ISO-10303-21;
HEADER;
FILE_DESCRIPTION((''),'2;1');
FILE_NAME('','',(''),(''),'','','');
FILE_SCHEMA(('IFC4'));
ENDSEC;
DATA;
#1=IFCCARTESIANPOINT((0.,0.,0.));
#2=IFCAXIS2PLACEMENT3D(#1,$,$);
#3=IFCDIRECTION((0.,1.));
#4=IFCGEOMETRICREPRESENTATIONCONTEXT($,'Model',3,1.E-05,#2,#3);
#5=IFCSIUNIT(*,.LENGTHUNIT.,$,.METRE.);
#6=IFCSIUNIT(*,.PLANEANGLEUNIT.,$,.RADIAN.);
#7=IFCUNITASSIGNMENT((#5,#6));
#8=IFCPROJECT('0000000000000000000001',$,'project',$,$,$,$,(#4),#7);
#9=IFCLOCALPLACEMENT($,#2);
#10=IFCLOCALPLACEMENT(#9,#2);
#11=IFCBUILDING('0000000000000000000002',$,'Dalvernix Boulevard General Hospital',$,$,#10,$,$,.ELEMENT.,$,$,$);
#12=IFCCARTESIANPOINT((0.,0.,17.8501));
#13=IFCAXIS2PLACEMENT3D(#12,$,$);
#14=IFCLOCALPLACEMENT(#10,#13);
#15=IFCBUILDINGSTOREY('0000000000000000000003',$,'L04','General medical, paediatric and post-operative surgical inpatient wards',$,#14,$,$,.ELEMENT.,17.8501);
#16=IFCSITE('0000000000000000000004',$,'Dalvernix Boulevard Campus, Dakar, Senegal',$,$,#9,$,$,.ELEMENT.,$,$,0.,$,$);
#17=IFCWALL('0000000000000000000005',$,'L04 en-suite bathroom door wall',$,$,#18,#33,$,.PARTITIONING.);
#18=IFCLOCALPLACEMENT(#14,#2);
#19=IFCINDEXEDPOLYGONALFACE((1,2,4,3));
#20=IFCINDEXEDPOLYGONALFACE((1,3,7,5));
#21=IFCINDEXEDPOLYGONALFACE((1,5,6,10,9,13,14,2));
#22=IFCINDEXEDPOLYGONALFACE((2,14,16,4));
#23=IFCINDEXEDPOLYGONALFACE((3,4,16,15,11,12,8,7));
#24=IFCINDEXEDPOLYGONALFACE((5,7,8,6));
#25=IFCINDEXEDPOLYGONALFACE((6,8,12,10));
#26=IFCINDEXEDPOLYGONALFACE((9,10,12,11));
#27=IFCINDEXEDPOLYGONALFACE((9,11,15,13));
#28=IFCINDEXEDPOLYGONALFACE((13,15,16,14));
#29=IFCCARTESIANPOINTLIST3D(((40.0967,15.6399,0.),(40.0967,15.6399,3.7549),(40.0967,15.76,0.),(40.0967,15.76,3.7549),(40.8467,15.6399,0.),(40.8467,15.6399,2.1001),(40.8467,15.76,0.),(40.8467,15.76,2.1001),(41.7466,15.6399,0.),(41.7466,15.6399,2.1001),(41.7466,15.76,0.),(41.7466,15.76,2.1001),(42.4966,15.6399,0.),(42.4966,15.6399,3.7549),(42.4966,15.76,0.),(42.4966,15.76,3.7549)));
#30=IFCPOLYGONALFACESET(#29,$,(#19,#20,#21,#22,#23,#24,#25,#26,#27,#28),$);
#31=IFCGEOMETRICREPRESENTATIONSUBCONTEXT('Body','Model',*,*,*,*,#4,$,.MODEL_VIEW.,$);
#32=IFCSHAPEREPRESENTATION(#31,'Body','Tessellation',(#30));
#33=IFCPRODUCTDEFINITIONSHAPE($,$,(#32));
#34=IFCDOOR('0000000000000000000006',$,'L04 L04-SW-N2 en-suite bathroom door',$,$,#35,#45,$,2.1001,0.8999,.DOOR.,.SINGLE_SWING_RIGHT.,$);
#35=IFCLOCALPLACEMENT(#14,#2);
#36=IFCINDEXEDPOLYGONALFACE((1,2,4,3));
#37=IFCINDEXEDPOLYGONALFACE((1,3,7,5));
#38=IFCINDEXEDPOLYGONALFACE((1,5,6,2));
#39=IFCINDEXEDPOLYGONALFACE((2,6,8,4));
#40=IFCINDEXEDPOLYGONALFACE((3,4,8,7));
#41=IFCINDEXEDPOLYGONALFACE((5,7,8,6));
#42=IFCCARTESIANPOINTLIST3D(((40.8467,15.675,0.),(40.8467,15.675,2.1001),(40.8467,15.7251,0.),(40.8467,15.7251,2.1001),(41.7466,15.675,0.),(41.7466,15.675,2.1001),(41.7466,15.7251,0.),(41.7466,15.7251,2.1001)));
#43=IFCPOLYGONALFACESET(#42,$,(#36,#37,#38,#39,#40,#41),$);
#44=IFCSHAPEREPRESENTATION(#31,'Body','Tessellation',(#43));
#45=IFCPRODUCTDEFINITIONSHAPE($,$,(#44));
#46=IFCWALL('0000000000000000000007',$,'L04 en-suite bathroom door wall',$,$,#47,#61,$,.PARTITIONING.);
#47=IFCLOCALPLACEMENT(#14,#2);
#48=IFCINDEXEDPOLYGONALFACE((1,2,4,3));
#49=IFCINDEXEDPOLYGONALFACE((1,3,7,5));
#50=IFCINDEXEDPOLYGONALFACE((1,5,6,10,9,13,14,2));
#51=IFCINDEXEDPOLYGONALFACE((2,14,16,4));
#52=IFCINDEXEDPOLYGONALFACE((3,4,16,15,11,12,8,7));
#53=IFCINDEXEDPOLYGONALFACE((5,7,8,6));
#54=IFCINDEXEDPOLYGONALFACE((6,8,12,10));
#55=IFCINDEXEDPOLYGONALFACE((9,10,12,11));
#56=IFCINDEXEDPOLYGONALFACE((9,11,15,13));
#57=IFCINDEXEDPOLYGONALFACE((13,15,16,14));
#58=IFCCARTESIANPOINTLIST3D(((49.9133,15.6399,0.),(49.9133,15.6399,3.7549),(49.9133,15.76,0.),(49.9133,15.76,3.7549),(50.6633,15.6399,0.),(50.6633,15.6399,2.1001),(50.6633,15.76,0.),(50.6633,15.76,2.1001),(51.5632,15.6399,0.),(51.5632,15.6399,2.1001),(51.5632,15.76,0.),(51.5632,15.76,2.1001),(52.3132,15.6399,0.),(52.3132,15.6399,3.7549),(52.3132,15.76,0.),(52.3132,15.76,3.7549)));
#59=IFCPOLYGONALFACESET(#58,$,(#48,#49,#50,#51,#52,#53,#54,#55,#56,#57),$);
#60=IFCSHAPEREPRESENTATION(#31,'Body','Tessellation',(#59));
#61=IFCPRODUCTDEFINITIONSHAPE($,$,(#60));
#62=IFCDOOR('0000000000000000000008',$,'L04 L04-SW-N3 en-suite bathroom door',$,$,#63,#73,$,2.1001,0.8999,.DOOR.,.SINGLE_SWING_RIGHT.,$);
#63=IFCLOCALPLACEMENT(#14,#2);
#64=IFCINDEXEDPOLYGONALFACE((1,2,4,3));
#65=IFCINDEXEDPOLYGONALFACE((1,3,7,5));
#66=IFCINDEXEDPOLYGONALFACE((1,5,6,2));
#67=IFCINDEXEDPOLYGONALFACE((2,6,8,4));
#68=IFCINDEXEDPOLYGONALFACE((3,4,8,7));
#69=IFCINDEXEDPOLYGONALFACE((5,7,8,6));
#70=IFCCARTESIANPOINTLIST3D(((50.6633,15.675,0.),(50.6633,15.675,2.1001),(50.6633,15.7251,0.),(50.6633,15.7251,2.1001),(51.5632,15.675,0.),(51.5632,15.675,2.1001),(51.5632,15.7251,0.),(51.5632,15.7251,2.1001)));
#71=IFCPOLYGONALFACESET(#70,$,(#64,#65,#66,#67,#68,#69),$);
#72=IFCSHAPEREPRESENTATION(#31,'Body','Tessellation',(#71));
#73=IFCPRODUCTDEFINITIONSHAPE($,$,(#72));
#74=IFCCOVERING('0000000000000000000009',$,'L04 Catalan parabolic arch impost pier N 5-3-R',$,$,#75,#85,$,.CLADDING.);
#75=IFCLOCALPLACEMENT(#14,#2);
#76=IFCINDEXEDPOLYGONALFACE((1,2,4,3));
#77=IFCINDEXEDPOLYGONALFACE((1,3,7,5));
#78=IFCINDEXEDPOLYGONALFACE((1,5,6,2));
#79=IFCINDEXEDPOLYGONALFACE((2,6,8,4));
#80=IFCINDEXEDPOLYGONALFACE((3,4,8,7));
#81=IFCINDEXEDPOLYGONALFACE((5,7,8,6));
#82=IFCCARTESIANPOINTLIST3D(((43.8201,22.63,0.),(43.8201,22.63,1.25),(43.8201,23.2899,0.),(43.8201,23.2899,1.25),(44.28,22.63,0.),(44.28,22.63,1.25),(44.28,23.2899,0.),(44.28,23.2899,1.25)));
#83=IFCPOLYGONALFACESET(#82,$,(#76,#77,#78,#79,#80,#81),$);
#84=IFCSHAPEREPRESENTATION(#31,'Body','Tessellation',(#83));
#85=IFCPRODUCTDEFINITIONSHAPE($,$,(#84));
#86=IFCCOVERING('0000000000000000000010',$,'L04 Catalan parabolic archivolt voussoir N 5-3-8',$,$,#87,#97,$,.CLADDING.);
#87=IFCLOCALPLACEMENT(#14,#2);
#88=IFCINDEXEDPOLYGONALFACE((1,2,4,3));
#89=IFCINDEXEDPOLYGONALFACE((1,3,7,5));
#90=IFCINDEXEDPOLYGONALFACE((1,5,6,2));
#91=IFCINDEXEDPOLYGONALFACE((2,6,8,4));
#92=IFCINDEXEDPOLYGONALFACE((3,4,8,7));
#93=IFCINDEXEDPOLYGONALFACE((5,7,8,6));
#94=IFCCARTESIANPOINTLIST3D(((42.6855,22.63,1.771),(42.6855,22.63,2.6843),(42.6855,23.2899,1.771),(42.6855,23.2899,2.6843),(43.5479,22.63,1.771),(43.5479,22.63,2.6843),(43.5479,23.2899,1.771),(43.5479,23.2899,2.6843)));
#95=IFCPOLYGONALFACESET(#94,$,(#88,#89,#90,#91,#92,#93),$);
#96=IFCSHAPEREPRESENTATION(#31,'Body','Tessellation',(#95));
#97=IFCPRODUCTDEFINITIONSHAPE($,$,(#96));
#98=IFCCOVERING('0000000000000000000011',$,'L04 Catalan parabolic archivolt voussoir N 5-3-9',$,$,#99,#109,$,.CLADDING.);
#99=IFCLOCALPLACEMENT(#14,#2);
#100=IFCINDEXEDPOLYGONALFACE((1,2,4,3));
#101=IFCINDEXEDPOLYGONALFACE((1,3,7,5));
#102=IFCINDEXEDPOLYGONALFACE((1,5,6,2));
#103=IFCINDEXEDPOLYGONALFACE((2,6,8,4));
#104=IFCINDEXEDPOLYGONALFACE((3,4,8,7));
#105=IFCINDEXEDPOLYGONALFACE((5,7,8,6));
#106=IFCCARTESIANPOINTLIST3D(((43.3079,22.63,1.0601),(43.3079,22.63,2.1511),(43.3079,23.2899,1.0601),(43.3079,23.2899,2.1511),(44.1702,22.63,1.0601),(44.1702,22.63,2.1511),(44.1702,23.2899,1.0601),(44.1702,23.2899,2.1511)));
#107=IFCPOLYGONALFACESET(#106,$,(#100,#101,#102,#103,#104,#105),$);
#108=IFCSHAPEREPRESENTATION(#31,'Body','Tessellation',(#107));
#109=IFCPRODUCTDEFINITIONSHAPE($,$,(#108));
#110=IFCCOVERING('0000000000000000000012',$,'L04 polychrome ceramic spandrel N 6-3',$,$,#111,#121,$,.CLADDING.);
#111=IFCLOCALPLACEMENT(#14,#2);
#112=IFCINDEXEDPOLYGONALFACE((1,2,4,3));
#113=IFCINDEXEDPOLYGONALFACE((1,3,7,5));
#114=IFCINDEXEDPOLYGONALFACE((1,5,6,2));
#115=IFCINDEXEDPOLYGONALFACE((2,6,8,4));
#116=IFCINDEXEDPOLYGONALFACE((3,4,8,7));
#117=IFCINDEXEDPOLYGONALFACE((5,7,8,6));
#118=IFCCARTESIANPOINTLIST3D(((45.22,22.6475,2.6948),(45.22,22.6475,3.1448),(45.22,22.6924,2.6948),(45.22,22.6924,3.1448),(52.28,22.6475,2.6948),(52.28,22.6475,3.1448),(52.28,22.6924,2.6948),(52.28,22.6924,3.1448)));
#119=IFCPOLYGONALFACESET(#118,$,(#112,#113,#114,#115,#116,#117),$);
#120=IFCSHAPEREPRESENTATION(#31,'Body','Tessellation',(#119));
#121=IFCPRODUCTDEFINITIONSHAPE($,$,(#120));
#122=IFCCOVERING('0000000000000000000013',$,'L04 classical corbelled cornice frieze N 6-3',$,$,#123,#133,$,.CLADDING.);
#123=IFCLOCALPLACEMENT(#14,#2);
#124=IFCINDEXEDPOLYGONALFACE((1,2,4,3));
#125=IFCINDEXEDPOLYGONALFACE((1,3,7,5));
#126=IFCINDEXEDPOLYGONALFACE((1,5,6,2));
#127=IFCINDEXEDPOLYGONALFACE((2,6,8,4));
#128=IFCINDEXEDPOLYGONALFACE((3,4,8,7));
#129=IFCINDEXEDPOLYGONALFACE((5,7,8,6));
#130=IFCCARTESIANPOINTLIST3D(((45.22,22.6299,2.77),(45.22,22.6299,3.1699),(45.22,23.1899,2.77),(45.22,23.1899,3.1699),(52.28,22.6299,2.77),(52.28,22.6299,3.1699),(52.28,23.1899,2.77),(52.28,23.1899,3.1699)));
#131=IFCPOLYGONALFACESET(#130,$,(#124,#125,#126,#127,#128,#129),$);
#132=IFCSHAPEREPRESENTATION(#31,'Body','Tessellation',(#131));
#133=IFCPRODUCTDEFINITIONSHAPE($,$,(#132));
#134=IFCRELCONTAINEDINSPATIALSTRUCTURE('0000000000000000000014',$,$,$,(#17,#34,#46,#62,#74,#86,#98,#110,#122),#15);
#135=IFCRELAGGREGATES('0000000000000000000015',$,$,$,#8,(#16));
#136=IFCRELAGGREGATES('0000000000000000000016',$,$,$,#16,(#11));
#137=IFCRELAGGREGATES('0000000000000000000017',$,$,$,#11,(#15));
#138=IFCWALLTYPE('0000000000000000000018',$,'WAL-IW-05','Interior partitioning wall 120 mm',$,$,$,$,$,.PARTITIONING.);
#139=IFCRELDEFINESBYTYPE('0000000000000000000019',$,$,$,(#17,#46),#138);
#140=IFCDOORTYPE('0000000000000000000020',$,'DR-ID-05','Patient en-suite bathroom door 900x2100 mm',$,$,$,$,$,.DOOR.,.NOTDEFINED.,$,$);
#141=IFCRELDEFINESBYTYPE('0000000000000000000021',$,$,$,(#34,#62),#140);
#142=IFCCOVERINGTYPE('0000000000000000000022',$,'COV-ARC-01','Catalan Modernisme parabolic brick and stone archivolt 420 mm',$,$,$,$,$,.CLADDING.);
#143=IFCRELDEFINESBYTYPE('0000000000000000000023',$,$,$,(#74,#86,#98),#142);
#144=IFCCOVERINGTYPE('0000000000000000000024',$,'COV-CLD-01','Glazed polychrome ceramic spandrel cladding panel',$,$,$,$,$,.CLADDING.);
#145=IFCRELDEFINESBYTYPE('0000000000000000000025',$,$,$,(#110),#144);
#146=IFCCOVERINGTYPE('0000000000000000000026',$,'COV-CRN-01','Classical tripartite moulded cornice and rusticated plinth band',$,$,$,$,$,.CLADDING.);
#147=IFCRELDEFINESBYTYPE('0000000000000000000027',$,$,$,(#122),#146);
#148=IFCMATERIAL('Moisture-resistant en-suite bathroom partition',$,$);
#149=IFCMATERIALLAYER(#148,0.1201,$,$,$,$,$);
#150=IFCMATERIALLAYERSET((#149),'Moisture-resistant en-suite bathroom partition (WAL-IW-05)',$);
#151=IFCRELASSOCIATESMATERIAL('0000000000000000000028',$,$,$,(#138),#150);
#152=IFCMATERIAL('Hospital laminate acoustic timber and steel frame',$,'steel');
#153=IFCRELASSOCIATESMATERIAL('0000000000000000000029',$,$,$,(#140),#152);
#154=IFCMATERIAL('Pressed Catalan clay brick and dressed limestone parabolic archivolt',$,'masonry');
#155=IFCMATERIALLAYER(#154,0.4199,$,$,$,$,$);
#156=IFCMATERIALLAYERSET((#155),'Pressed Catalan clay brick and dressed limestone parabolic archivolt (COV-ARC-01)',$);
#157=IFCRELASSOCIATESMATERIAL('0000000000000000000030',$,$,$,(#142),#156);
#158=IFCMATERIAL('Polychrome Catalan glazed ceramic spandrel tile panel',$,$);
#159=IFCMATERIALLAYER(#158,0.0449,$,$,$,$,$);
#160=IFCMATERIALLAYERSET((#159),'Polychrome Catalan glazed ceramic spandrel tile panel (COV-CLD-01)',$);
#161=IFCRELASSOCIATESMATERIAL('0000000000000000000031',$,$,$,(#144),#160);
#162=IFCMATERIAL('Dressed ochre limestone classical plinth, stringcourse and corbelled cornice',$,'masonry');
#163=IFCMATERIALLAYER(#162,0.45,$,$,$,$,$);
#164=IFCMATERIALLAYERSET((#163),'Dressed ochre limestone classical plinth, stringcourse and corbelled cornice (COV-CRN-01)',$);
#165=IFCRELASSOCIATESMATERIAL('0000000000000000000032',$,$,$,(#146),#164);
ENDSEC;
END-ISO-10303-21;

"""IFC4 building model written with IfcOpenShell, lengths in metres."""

from ifc_helpers import new_model, si_unit, direction, frame, frame_2d, origin, origin_2d, place, context, subcontext, project, spatial, rectangle, extrude, material, layer, layer_set, type_object, element, fill, save


model = new_model("IFC4")

# Units and contexts
model_context = context("Model", 3, precision=1e-05, world=origin(), true_north=direction((0.0, 1.0)))
body_context = subcontext(model_context, "Body", "Model", "MODEL_VIEW")
ifc_project = project(units=[si_unit("LENGTHUNIT", "METRE"), si_unit("PLANEANGLEUNIT", "RADIAN")], contexts=[model_context])

# Site, building, storey
site_placement = place(None, origin())
site = spatial("IfcSite", under=ifc_project, at=site_placement, Name="Dalvernix Boulevard Campus, Dakar, Senegal", CompositionType="ELEMENT", RefElevation=0.0)
building_placement = place(site_placement, origin())
building = spatial("IfcBuilding", under=site, at=building_placement, Name="Dalvernix Boulevard General Hospital", CompositionType="ELEMENT")
storey_placement = place(building_placement, frame((0.0, 0.0, 17.8501)))
storey = spatial("IfcBuildingStorey", under=building, at=storey_placement, Name="L04", Description="General medical, paediatric and post-operative surgical inpatient wards", CompositionType="ELEMENT", Elevation=17.8501)

# Walls, openings, doors
ifc_material_1 = material(Name="Moisture-resistant en-suite bathroom partition")
ifc_layer_1 = layer(ifc_material_1, 0.1201)
ifc_layer_set_1 = layer_set([ifc_layer_1], Name="Moisture-resistant en-suite bathroom partition (WAL-IW-05)")
wall_type_1 = type_object("IfcWallType", Name="WAL-IW-05", Description="Interior partitioning wall 120 mm", PredefinedType="PARTITIONING", material=ifc_layer_set_1)
wall_1_placement = place(storey_placement, frame((42.4966, 15.7, 0.0), z_axis=(0.0, 0.0, 1.0), x_axis=(-1.0, 0.0, 0.0)))
wall_1 = element("IfcWall", 1, at=wall_1_placement, inside=storey, type_object=wall_type_1, Name="L04 en-suite bathroom door wall", PredefinedType="PARTITIONING", context=body_context, shape_type="SweptSolid", body=[
    extrude(rectangle(XDim=2.3999, YDim=0.1201, at=frame_2d((1.2, 0.0))), origin(), (0.0, 0.0, 1.0), 3.7549),
])
opening_1_placement = place(wall_1_placement, frame((0.75, 0.0, 0.0)))
opening_1 = element("IfcOpeningElement", 2, at=opening_1_placement, cuts=wall_1, PredefinedType="OPENING", context=body_context, shape_type="SweptSolid", body=[
    extrude(rectangle(XDim=0.8999, YDim=2.1001, at=frame_2d((0.45, 1.05))), frame((0.0, 0.0701, 0.0), z_axis=(0.0, -1.0, 0.0), x_axis=(1.0, 0.0, 0.0)), (0.0, 0.0, 1.0), 0.1401),
])
ifc_material_2 = material(Name="Hospital laminate acoustic timber and steel frame", Category="steel")
door_type = type_object("IfcDoorType", Name="DR-ID-05", Description="Patient en-suite bathroom door 900x2100 mm", OperationType="NOTDEFINED", PredefinedType="DOOR", material=ifc_material_2)
door_1_placement = place(opening_1_placement, origin())
door_1 = element("IfcDoor", 3, at=door_1_placement, inside=storey, type_object=door_type, Name="L04 L04-SW-N2 en-suite bathroom door", OperationType="SINGLE_SWING_RIGHT", OverallHeight=2.1001, OverallWidth=0.8999, PredefinedType="DOOR", context=body_context, shape_type="SweptSolid", body=[
    extrude(rectangle(XDim=0.8999, YDim=2.1001, at=frame_2d((0.45, 1.05))), frame((0.0, 0.0249, 0.0), z_axis=(0.0, -1.0, 0.0), x_axis=(1.0, 0.0, 0.0)), (0.0, 0.0, 1.0), 0.05),
])
fill(opening_1, door_1)
wall_2_placement = place(storey_placement, frame((52.3132, 15.7, 0.0), z_axis=(0.0, 0.0, 1.0), x_axis=(-1.0, 0.0, 0.0)))
wall_2 = element("IfcWall", 4, at=wall_2_placement, inside=storey, type_object=wall_type_1, Name="L04 en-suite bathroom door wall", PredefinedType="PARTITIONING", context=body_context, shape_type="SweptSolid", body=[
    extrude(rectangle(XDim=2.3999, YDim=0.1201, at=frame_2d((1.2, 0.0))), origin(), (0.0, 0.0, 1.0), 3.7549),
])
opening_2_placement = place(wall_2_placement, frame((0.75, 0.0, 0.0)))
opening_2 = element("IfcOpeningElement", 5, at=opening_2_placement, cuts=wall_2, PredefinedType="OPENING", context=body_context, shape_type="SweptSolid", body=[
    extrude(rectangle(XDim=0.8999, YDim=2.1001, at=frame_2d((0.45, 1.05))), frame((0.0, 0.0701, 0.0), z_axis=(0.0, -1.0, 0.0), x_axis=(1.0, 0.0, 0.0)), (0.0, 0.0, 1.0), 0.1401),
])
door_2_placement = place(opening_2_placement, origin())
door_2 = element("IfcDoor", 6, at=door_2_placement, inside=storey, type_object=door_type, Name="L04 L04-SW-N3 en-suite bathroom door", OperationType="SINGLE_SWING_RIGHT", OverallHeight=2.1001, OverallWidth=0.8999, PredefinedType="DOOR", context=body_context, shape_type="SweptSolid", body=[
    extrude(rectangle(XDim=0.8999, YDim=2.1001, at=frame_2d((0.45, 1.05))), frame((0.0, 0.0249, 0.0), z_axis=(0.0, -1.0, 0.0), x_axis=(1.0, 0.0, 0.0)), (0.0, 0.0, 1.0), 0.05),
])
fill(opening_2, door_2)

# Coverings
ifc_material_3 = material(Name="Pressed Catalan clay brick and dressed limestone parabolic archivolt", Category="masonry")
ifc_layer_2 = layer(ifc_material_3, 0.4199)
ifc_layer_set_2 = layer_set([ifc_layer_2], Name="Pressed Catalan clay brick and dressed limestone parabolic archivolt (COV-ARC-01)")
covering_type_1 = type_object("IfcCoveringType", Name="COV-ARC-01", Description="Catalan Modernisme parabolic brick and stone archivolt 420 mm", PredefinedType="CLADDING", material=ifc_layer_set_2)
covering_1_placement = place(storey_placement, frame((44.05, 22.96, 0.0), z_axis=(0.0, 0.0, 1.0), x_axis=(1.0, 0.0, 0.0)))
element("IfcCovering", 7, at=covering_1_placement, inside=storey, type_object=covering_type_1, Name="L04 Catalan parabolic arch impost pier N 5-3-R", PredefinedType="CLADDING", context=body_context, shape_type="SweptSolid", body=[
    extrude(rectangle(XDim=0.46, YDim=0.6599, at=origin_2d()), origin(), (0.0, 0.0, 1.0), 1.25),
])
covering_2_placement = place(storey_placement, frame((43.1167, 22.96, 1.771), z_axis=(0.0, 0.0, 1.0), x_axis=(1.0, 0.0, 0.0)))
element("IfcCovering", 8, at=covering_2_placement, inside=storey, type_object=covering_type_1, Name="L04 Catalan parabolic archivolt voussoir N 5-3-8", PredefinedType="CLADDING", context=body_context, shape_type="SweptSolid", body=[
    extrude(rectangle(XDim=0.8623, YDim=0.6599, at=origin_2d()), origin(), (0.0, 0.0, 1.0), 0.9133),
])
covering_3_placement = place(storey_placement, frame((43.739, 22.96, 1.0601), z_axis=(0.0, 0.0, 1.0), x_axis=(1.0, 0.0, 0.0)))
element("IfcCovering", 9, at=covering_3_placement, inside=storey, type_object=covering_type_1, Name="L04 Catalan parabolic archivolt voussoir N 5-3-9", PredefinedType="CLADDING", context=body_context, shape_type="SweptSolid", body=[
    extrude(rectangle(XDim=0.8623, YDim=0.6599, at=origin_2d()), origin(), (0.0, 0.0, 1.0), 1.0911),
])
ifc_material_4 = material(Name="Polychrome Catalan glazed ceramic spandrel tile panel")
ifc_layer_3 = layer(ifc_material_4, 0.0449)
ifc_layer_set_3 = layer_set([ifc_layer_3], Name="Polychrome Catalan glazed ceramic spandrel tile panel (COV-CLD-01)")
covering_type_2 = type_object("IfcCoveringType", Name="COV-CLD-01", Description="Glazed polychrome ceramic spandrel cladding panel", PredefinedType="CLADDING", material=ifc_layer_set_3)
covering_4_placement = place(storey_placement, frame((48.75, 22.6699, 2.6948), z_axis=(0.0, 0.0, 1.0), x_axis=(1.0, 0.0, 0.0)))
element("IfcCovering", 10, at=covering_4_placement, inside=storey, type_object=covering_type_2, Name="L04 polychrome ceramic spandrel N 6-3", PredefinedType="CLADDING", context=body_context, shape_type="SweptSolid", body=[
    extrude(rectangle(XDim=7.0601, YDim=0.0449, at=origin_2d()), origin(), (0.0, 0.0, 1.0), 0.45),
])
ifc_material_5 = material(Name="Dressed ochre limestone classical plinth, stringcourse and corbelled cornice", Category="masonry")
ifc_layer_4 = layer(ifc_material_5, 0.45)
ifc_layer_set_4 = layer_set([ifc_layer_4], Name="Dressed ochre limestone classical plinth, stringcourse and corbelled cornice (COV-CRN-01)")
covering_type_3 = type_object("IfcCoveringType", Name="COV-CRN-01", Description="Classical tripartite moulded cornice and rusticated plinth band", PredefinedType="CLADDING", material=ifc_layer_set_4)
covering_5_placement = place(storey_placement, frame((48.75, 22.9099, 2.77), z_axis=(0.0, 0.0, 1.0), x_axis=(1.0, 0.0, 0.0)))
element("IfcCovering", 11, at=covering_5_placement, inside=storey, type_object=covering_type_3, Name="L04 classical corbelled cornice frieze N 6-3", PredefinedType="CLADDING", context=body_context, shape_type="SweptSolid", body=[
    extrude(rectangle(XDim=7.0601, YDim=0.5601, at=origin_2d()), origin(), (0.0, 0.0, 1.0), 0.3999),
])

save(model, "model.ifc")
